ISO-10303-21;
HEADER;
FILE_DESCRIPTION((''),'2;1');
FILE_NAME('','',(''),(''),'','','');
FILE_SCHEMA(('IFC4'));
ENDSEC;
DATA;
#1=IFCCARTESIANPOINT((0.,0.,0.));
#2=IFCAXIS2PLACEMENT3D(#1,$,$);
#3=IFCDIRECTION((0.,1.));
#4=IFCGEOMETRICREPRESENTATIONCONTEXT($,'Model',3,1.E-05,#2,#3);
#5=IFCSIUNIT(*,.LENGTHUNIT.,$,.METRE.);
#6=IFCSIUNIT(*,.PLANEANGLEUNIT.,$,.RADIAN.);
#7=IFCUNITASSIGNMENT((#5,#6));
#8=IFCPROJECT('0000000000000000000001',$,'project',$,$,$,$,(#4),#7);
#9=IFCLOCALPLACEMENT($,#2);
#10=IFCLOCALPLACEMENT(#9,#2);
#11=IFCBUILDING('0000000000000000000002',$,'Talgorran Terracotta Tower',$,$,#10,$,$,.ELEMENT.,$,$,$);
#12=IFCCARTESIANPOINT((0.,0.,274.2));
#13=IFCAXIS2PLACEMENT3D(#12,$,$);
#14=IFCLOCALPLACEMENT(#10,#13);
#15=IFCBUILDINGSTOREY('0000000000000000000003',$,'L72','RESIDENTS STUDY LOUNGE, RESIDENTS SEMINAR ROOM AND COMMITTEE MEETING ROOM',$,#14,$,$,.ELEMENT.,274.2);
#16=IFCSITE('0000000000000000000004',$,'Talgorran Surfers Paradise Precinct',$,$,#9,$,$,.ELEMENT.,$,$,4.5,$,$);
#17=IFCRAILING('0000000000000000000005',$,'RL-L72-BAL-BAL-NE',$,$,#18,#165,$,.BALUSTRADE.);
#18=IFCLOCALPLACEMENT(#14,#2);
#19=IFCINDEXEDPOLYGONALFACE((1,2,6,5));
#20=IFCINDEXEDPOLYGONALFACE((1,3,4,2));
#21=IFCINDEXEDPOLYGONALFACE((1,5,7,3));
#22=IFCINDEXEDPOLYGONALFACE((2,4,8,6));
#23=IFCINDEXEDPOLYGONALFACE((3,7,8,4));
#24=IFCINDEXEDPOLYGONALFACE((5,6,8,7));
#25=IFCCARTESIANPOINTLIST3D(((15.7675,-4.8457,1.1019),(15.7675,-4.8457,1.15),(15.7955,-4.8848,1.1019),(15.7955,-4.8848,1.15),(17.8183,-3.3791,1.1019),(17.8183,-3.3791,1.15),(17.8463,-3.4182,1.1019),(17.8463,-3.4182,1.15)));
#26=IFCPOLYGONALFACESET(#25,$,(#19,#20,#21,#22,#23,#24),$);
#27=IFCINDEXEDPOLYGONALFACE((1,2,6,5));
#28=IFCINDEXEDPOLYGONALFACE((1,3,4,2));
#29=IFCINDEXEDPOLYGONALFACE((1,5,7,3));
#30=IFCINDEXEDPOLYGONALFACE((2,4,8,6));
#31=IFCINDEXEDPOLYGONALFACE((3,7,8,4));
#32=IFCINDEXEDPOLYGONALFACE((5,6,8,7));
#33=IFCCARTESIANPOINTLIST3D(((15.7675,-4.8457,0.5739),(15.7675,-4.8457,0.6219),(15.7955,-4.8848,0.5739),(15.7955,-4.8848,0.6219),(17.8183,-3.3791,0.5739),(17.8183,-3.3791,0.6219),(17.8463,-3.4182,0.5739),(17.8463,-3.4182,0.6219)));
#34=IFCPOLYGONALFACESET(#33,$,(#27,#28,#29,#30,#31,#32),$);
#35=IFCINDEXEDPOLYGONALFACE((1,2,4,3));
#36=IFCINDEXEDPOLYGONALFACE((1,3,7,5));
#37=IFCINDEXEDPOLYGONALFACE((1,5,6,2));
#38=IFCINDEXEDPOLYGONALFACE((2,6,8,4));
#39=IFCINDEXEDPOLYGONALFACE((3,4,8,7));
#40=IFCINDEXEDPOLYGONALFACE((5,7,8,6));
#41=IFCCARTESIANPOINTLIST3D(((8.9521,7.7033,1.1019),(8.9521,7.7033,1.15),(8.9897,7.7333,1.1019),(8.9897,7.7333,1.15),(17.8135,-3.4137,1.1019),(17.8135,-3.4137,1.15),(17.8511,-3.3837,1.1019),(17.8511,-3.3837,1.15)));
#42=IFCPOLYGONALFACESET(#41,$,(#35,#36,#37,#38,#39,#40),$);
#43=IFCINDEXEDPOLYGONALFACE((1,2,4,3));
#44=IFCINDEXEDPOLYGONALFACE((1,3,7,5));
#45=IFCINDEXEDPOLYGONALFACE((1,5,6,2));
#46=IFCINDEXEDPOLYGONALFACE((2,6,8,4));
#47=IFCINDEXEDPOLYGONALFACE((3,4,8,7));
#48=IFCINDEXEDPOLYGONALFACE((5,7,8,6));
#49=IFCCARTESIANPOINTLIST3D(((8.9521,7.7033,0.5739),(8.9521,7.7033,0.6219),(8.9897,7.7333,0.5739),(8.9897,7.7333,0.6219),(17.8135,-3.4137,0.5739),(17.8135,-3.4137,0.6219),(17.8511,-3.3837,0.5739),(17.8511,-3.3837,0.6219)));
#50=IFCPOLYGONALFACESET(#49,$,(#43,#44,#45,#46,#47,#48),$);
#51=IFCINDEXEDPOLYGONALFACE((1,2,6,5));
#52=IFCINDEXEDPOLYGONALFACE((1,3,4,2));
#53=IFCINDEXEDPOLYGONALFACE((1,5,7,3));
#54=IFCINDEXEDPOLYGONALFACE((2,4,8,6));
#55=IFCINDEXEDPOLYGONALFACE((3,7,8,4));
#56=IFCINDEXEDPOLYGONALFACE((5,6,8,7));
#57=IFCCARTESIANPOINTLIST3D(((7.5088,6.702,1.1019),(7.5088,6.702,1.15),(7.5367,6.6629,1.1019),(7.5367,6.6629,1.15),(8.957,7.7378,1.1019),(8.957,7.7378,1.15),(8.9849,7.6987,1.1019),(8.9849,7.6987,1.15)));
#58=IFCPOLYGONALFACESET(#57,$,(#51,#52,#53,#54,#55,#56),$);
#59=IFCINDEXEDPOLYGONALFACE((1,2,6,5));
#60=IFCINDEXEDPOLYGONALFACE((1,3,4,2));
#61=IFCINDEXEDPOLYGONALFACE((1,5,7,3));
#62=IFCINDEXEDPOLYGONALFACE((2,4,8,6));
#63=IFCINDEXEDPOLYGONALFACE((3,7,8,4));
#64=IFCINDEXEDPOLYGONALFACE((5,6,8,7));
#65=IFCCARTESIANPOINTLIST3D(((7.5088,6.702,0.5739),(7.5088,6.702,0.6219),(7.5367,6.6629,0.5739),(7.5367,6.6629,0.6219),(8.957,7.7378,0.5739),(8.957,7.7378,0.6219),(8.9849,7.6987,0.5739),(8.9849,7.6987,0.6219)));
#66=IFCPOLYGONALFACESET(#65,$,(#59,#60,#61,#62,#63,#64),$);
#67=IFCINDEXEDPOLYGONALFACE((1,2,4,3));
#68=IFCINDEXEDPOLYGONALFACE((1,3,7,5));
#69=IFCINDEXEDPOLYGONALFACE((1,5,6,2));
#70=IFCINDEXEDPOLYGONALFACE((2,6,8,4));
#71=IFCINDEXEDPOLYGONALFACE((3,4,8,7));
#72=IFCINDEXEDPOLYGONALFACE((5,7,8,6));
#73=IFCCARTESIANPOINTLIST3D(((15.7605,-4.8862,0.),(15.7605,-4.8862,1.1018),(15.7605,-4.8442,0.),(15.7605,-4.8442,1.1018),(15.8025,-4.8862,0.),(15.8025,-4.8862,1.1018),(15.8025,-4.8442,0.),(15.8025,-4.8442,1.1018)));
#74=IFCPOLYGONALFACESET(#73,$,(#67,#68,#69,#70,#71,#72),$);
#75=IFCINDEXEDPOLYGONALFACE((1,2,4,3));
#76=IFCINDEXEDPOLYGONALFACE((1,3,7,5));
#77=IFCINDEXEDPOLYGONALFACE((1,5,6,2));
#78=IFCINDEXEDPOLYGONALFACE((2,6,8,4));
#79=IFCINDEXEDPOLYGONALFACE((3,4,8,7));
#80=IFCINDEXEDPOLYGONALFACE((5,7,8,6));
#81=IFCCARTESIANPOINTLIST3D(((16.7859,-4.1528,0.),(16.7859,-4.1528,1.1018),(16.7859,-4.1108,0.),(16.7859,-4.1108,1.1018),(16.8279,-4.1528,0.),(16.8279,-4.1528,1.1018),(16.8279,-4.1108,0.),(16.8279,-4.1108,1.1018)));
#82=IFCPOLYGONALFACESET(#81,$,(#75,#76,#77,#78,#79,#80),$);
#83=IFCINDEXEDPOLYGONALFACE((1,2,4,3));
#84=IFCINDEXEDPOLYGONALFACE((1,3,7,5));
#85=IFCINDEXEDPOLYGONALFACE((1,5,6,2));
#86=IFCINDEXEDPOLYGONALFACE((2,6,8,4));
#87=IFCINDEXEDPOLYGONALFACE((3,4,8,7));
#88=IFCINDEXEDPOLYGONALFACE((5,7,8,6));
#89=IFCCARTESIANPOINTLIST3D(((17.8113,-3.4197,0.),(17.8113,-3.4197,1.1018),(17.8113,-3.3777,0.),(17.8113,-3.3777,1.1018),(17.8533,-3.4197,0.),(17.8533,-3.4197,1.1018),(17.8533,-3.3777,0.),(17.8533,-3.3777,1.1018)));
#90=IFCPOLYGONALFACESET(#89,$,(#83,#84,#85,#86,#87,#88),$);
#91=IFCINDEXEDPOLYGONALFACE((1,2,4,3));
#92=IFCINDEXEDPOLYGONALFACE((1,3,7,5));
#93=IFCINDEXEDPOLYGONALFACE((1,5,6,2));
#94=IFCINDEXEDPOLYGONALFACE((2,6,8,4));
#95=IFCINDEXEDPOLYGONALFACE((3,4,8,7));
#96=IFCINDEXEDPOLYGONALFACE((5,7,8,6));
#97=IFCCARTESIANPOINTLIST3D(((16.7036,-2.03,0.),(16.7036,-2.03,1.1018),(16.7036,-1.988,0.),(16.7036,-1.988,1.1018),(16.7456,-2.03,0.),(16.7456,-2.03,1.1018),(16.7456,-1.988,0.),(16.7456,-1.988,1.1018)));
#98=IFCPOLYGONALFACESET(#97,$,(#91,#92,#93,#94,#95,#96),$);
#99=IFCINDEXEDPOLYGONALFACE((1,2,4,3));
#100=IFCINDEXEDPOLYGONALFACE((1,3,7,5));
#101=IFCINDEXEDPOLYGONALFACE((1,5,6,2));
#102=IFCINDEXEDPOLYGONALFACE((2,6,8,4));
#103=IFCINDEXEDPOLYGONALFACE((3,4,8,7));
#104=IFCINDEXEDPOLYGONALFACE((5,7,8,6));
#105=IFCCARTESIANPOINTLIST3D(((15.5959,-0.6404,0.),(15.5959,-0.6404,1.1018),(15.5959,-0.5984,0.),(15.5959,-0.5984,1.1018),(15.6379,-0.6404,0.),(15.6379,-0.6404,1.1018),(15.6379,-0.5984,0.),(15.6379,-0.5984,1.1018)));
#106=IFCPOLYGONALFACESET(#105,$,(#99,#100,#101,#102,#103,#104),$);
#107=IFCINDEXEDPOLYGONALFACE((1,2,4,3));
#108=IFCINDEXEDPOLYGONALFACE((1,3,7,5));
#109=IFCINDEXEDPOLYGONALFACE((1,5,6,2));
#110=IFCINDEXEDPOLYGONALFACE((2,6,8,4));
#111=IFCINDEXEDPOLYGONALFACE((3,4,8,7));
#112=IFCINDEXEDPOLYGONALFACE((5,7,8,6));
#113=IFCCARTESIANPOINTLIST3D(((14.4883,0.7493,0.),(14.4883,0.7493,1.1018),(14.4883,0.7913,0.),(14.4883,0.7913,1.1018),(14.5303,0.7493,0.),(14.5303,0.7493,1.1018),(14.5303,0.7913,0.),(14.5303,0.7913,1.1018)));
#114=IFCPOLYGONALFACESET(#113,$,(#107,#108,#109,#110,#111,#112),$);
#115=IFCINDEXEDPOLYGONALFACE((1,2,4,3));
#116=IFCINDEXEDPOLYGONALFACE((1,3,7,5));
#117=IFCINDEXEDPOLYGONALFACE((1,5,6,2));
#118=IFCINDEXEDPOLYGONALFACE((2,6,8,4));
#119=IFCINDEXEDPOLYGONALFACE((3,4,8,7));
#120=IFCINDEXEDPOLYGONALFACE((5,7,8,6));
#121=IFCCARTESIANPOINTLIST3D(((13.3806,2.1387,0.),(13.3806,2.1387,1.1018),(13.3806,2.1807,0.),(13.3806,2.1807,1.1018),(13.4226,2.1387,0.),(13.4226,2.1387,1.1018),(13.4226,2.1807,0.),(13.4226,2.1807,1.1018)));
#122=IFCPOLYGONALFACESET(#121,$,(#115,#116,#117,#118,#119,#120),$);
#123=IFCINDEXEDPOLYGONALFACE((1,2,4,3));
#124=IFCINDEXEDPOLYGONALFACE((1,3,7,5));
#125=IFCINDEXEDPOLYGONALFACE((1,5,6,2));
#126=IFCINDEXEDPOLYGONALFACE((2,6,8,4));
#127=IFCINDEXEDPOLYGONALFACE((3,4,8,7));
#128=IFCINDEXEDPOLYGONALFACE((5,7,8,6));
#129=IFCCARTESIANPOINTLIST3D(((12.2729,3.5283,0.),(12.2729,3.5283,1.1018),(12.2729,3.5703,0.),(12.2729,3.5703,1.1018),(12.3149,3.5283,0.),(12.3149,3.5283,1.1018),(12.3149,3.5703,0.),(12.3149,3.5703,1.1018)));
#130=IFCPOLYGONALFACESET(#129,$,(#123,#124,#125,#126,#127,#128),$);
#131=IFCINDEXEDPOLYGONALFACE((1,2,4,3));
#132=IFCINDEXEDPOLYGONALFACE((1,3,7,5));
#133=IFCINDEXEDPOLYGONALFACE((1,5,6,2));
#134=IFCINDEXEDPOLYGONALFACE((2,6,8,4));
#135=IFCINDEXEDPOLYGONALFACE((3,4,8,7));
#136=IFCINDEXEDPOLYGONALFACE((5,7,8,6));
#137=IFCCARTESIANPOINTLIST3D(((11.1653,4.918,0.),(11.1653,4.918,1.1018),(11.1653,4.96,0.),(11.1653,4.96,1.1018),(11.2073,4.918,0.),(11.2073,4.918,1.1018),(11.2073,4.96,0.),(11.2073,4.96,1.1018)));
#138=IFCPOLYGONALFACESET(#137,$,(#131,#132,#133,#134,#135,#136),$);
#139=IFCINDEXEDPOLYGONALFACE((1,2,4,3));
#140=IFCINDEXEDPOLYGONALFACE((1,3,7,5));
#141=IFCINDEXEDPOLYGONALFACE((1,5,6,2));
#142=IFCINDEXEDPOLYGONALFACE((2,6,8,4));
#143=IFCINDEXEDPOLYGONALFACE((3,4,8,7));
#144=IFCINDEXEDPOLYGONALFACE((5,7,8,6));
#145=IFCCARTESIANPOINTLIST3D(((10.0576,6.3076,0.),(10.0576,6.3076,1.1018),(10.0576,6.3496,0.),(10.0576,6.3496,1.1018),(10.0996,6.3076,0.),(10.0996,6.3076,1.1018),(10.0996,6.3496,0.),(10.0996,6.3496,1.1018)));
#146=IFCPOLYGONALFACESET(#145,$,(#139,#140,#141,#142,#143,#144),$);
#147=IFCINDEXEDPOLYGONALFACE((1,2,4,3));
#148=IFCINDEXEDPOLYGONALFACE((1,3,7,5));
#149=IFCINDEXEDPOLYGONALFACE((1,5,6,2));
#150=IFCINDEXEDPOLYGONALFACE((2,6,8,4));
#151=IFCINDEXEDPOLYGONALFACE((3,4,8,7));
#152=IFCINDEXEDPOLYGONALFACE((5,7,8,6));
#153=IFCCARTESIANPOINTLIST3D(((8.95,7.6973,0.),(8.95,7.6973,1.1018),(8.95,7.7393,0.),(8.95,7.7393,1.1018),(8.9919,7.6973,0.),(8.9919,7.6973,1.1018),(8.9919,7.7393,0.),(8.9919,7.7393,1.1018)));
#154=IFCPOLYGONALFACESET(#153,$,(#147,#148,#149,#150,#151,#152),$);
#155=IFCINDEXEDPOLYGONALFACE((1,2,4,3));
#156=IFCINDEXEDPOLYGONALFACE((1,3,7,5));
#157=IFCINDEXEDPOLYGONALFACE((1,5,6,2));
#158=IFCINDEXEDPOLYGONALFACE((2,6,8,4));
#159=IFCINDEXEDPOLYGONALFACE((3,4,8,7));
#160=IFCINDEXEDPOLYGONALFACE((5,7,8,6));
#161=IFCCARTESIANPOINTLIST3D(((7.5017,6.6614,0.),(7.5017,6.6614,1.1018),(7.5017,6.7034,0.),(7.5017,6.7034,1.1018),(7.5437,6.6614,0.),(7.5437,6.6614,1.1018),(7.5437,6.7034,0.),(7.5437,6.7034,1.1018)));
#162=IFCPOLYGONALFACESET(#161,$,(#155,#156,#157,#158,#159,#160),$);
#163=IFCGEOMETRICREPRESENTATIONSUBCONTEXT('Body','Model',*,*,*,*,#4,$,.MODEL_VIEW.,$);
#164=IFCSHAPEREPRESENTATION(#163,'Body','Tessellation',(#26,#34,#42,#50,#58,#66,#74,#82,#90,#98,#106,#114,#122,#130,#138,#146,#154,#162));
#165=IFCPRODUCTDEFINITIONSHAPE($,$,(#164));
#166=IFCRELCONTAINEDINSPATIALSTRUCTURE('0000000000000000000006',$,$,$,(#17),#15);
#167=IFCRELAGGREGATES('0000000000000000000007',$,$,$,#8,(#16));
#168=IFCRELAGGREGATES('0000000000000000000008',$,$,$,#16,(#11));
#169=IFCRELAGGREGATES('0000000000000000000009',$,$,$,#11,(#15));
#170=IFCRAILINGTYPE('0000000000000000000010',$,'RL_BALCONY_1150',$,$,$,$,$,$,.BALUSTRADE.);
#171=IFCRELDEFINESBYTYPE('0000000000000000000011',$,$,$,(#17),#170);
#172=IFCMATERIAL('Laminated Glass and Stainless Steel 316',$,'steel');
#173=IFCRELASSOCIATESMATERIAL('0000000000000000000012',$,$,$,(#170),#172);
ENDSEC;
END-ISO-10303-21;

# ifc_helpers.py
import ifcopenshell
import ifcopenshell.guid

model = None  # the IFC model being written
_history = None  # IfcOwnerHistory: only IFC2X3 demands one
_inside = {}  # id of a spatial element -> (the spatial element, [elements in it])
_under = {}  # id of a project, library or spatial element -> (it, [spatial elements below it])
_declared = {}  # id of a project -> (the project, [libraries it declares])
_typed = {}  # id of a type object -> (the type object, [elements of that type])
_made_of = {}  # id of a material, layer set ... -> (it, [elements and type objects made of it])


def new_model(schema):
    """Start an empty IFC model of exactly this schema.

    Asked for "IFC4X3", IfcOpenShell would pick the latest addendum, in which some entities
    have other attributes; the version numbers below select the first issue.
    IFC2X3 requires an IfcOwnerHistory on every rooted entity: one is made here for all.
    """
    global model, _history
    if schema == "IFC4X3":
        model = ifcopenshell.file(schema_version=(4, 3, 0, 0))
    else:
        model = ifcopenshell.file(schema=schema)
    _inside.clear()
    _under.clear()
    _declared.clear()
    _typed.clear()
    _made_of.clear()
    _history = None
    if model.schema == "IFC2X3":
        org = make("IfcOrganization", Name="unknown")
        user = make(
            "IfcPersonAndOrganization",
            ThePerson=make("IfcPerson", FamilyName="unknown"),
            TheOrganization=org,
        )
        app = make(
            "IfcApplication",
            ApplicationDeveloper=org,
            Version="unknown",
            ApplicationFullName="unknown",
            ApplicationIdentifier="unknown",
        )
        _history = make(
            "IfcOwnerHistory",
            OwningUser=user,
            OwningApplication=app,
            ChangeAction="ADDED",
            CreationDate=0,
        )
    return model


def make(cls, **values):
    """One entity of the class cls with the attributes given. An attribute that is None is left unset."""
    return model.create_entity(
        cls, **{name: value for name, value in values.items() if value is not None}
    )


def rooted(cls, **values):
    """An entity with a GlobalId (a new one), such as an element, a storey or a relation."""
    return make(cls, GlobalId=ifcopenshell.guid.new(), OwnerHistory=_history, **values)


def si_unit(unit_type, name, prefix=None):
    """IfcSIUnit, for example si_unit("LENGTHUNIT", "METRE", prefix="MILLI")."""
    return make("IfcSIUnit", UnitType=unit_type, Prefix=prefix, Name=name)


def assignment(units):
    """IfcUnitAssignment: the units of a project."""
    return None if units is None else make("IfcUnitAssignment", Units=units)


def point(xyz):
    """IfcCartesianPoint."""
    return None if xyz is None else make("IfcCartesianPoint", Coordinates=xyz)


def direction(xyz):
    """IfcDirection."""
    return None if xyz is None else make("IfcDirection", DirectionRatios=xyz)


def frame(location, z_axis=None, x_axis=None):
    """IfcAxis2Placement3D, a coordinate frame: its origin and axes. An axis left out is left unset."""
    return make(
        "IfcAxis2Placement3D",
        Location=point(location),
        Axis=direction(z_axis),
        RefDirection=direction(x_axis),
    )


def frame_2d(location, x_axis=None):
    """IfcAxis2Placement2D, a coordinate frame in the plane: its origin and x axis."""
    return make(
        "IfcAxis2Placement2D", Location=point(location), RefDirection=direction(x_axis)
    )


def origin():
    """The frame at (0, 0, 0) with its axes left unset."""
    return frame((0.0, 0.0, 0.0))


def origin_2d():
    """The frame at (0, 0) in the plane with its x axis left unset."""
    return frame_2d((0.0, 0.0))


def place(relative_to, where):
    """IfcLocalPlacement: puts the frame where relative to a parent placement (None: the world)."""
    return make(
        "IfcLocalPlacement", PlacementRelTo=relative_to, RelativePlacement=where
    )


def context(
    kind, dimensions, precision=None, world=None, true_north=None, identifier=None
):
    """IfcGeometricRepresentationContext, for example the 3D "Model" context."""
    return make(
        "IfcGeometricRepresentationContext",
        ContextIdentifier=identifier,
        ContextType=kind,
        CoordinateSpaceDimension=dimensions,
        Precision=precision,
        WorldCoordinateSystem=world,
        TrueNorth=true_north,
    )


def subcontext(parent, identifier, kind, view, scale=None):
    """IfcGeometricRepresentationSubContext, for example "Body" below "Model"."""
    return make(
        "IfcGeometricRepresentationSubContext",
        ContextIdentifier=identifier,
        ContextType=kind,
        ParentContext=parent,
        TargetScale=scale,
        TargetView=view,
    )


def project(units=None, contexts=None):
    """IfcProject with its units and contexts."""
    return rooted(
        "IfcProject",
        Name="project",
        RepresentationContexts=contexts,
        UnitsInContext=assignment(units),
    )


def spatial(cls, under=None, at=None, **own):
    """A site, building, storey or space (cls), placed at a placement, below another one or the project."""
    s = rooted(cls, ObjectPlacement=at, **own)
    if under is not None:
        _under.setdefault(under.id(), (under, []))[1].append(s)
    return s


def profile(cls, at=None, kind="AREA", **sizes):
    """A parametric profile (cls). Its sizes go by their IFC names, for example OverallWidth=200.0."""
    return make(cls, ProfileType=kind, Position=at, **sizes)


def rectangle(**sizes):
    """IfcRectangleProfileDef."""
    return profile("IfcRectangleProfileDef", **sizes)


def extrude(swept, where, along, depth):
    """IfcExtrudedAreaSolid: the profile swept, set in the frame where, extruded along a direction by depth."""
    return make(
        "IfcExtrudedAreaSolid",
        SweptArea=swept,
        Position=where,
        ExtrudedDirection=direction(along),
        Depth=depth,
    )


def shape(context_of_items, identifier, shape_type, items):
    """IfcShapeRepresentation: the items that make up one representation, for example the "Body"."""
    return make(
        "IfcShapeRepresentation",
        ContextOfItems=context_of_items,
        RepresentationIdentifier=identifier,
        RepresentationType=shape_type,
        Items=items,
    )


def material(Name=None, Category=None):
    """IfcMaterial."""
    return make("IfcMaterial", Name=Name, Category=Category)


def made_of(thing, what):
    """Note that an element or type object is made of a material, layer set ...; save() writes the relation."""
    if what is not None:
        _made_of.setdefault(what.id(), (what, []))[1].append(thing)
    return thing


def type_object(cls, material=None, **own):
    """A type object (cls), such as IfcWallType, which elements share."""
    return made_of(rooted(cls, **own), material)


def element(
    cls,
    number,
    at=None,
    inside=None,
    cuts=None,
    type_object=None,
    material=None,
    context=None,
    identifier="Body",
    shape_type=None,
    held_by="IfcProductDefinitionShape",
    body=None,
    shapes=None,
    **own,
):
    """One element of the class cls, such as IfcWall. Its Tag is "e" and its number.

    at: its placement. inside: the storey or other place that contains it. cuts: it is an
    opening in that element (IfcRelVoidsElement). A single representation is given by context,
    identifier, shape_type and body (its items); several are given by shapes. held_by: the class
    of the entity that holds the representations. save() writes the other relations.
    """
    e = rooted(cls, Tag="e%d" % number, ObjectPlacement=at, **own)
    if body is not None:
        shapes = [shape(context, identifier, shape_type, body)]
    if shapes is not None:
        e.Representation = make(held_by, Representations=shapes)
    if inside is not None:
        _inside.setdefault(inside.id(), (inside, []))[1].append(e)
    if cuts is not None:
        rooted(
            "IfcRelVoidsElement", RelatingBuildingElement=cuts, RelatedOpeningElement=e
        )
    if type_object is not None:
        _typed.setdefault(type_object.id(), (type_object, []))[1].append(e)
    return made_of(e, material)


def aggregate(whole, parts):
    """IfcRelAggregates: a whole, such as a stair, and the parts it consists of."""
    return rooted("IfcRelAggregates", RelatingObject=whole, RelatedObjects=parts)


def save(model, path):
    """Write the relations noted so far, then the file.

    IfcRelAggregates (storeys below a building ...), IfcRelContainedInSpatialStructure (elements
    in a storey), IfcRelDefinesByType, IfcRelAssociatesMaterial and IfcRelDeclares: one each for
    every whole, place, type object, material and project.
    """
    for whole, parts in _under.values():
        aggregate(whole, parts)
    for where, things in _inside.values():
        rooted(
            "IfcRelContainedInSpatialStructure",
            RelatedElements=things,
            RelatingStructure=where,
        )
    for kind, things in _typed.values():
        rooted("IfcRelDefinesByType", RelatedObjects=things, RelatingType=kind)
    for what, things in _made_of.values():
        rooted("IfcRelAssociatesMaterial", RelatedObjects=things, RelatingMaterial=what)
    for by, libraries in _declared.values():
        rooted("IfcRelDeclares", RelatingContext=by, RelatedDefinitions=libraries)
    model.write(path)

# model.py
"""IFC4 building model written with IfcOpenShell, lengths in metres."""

from ifc_helpers import new_model, si_unit, direction, frame, origin, origin_2d, place, context, subcontext, project, spatial, rectangle, extrude, material, type_object, element, save


model = new_model("IFC4")

# Units and contexts
model_context = context("Model", 3, precision=1e-05, world=origin(), true_north=direction((0.0, 1.0)))
body_context = subcontext(model_context, "Body", "Model", "MODEL_VIEW")
ifc_project = project(units=[si_unit("LENGTHUNIT", "METRE"), si_unit("PLANEANGLEUNIT", "RADIAN")], contexts=[model_context])

# Site, building, storey
site_placement = place(None, origin())
site = spatial("IfcSite", under=ifc_project, at=site_placement, Name="Talgorran Surfers Paradise Precinct", CompositionType="ELEMENT", RefElevation=4.5)
building_placement = place(site_placement, origin())
building = spatial("IfcBuilding", under=site, at=building_placement, Name="Talgorran Terracotta Tower", CompositionType="ELEMENT")
storey_placement = place(building_placement, frame((0.0, 0.0, 274.2)))
storey = spatial("IfcBuildingStorey", under=building, at=storey_placement, Name="L72", Description="RESIDENTS STUDY LOUNGE, RESIDENTS SEMINAR ROOM AND COMMITTEE MEETING ROOM", CompositionType="ELEMENT", Elevation=274.2)

# Railing
ifc_material_1 = material(Name="Laminated Glass and Stainless Steel 316", Category="steel")
railing_type = type_object("IfcRailingType", Name="RL_BALCONY_1150", PredefinedType="BALUSTRADE", material=ifc_material_1)
railing_placement = place(storey_placement, frame((15.7815, -4.8652, 0.0)))
element("IfcRailing", 1, at=railing_placement, inside=storey, type_object=railing_type, Name="RL-L72-BAL-BAL-NE", PredefinedType="BALUSTRADE", context=body_context, shape_type="SweptSolid", body=[
    extrude(rectangle(XDim=0.0481, YDim=0.0481, at=origin_2d()), frame((0.0, 0.0, 1.126), z_axis=(0.813413, 0.581687, 0.0), x_axis=(-0.581687, 0.813413, 0.0)), (0.0, 0.0, 1.0), 2.5212),
    extrude(rectangle(XDim=0.0481, YDim=0.0481, at=origin_2d()), frame((0.0, 0.0, 0.5979), z_axis=(0.813413, 0.581687, 0.0), x_axis=(-0.581687, 0.813413, 0.0)), (0.0, 0.0, 1.0), 2.5212),
    extrude(rectangle(XDim=0.0481, YDim=0.0481, at=origin_2d()), frame((2.0508, 1.4666, 1.126), z_axis=(-0.623312, 0.781973, 0.0), x_axis=(-0.781973, -0.623312, 0.0)), (0.0, 0.0, 1.0), 14.2166),
    extrude(rectangle(XDim=0.0481, YDim=0.0481, at=origin_2d()), frame((2.0508, 1.4666, 0.5979), z_axis=(-0.623312, 0.781973, 0.0), x_axis=(-0.781973, -0.623312, 0.0)), (0.0, 0.0, 1.0), 14.2166),
    extrude(rectangle(XDim=0.0481, YDim=0.0481, at=origin_2d()), frame((-6.8105, 12.5835, 1.126), z_axis=(-0.813353, -0.58177, 0.0), x_axis=(0.58177, -0.813353, 0.0)), (0.0, 0.0, 1.0), 1.7805),
    extrude(rectangle(XDim=0.0481, YDim=0.0481, at=origin_2d()), frame((-6.8105, 12.5835, 0.5979), z_axis=(-0.813353, -0.58177, 0.0), x_axis=(0.58177, -0.813353, 0.0)), (0.0, 0.0, 1.0), 1.7805),
    extrude(rectangle(XDim=0.042, YDim=0.042, at=origin_2d()), origin(), (0.0, 0.0, 1.0), 1.1018),
    extrude(rectangle(XDim=0.042, YDim=0.042, at=origin_2d()), frame((1.0254, 0.7334, 0.0)), (0.0, 0.0, 1.0), 1.1018),
    extrude(rectangle(XDim=0.042, YDim=0.042, at=origin_2d()), frame((2.0508, 1.4666, 0.0)), (0.0, 0.0, 1.0), 1.1018),
    extrude(rectangle(XDim=0.042, YDim=0.042, at=origin_2d()), frame((0.9431, 2.8562, 0.0)), (0.0, 0.0, 1.0), 1.1018),
    extrude(rectangle(XDim=0.042, YDim=0.042, at=origin_2d()), frame((-0.1646, 4.2458, 0.0)), (0.0, 0.0, 1.0), 1.1018),
    extrude(rectangle(XDim=0.042, YDim=0.042, at=origin_2d()), frame((-1.2722, 5.6355, 0.0)), (0.0, 0.0, 1.0), 1.1018),
    extrude(rectangle(XDim=0.042, YDim=0.042, at=origin_2d()), frame((-2.3799, 7.0249, 0.0)), (0.0, 0.0, 1.0), 1.1018),
    extrude(rectangle(XDim=0.042, YDim=0.042, at=origin_2d()), frame((-3.4875, 8.4146, 0.0)), (0.0, 0.0, 1.0), 1.1018),
    extrude(rectangle(XDim=0.042, YDim=0.042, at=origin_2d()), frame((-4.5952, 9.8042, 0.0)), (0.0, 0.0, 1.0), 1.1018),
    extrude(rectangle(XDim=0.042, YDim=0.042, at=origin_2d()), frame((-5.7029, 11.1938, 0.0)), (0.0, 0.0, 1.0), 1.1018),
    extrude(rectangle(XDim=0.042, YDim=0.042, at=origin_2d()), frame((-6.8105, 12.5835, 0.0)), (0.0, 0.0, 1.0), 1.1018),
    extrude(rectangle(XDim=0.042, YDim=0.042, at=origin_2d()), frame((-8.2588, 11.5476, 0.0)), (0.0, 0.0, 1.0), 1.1018),
])

save(model, "model.ifc")
